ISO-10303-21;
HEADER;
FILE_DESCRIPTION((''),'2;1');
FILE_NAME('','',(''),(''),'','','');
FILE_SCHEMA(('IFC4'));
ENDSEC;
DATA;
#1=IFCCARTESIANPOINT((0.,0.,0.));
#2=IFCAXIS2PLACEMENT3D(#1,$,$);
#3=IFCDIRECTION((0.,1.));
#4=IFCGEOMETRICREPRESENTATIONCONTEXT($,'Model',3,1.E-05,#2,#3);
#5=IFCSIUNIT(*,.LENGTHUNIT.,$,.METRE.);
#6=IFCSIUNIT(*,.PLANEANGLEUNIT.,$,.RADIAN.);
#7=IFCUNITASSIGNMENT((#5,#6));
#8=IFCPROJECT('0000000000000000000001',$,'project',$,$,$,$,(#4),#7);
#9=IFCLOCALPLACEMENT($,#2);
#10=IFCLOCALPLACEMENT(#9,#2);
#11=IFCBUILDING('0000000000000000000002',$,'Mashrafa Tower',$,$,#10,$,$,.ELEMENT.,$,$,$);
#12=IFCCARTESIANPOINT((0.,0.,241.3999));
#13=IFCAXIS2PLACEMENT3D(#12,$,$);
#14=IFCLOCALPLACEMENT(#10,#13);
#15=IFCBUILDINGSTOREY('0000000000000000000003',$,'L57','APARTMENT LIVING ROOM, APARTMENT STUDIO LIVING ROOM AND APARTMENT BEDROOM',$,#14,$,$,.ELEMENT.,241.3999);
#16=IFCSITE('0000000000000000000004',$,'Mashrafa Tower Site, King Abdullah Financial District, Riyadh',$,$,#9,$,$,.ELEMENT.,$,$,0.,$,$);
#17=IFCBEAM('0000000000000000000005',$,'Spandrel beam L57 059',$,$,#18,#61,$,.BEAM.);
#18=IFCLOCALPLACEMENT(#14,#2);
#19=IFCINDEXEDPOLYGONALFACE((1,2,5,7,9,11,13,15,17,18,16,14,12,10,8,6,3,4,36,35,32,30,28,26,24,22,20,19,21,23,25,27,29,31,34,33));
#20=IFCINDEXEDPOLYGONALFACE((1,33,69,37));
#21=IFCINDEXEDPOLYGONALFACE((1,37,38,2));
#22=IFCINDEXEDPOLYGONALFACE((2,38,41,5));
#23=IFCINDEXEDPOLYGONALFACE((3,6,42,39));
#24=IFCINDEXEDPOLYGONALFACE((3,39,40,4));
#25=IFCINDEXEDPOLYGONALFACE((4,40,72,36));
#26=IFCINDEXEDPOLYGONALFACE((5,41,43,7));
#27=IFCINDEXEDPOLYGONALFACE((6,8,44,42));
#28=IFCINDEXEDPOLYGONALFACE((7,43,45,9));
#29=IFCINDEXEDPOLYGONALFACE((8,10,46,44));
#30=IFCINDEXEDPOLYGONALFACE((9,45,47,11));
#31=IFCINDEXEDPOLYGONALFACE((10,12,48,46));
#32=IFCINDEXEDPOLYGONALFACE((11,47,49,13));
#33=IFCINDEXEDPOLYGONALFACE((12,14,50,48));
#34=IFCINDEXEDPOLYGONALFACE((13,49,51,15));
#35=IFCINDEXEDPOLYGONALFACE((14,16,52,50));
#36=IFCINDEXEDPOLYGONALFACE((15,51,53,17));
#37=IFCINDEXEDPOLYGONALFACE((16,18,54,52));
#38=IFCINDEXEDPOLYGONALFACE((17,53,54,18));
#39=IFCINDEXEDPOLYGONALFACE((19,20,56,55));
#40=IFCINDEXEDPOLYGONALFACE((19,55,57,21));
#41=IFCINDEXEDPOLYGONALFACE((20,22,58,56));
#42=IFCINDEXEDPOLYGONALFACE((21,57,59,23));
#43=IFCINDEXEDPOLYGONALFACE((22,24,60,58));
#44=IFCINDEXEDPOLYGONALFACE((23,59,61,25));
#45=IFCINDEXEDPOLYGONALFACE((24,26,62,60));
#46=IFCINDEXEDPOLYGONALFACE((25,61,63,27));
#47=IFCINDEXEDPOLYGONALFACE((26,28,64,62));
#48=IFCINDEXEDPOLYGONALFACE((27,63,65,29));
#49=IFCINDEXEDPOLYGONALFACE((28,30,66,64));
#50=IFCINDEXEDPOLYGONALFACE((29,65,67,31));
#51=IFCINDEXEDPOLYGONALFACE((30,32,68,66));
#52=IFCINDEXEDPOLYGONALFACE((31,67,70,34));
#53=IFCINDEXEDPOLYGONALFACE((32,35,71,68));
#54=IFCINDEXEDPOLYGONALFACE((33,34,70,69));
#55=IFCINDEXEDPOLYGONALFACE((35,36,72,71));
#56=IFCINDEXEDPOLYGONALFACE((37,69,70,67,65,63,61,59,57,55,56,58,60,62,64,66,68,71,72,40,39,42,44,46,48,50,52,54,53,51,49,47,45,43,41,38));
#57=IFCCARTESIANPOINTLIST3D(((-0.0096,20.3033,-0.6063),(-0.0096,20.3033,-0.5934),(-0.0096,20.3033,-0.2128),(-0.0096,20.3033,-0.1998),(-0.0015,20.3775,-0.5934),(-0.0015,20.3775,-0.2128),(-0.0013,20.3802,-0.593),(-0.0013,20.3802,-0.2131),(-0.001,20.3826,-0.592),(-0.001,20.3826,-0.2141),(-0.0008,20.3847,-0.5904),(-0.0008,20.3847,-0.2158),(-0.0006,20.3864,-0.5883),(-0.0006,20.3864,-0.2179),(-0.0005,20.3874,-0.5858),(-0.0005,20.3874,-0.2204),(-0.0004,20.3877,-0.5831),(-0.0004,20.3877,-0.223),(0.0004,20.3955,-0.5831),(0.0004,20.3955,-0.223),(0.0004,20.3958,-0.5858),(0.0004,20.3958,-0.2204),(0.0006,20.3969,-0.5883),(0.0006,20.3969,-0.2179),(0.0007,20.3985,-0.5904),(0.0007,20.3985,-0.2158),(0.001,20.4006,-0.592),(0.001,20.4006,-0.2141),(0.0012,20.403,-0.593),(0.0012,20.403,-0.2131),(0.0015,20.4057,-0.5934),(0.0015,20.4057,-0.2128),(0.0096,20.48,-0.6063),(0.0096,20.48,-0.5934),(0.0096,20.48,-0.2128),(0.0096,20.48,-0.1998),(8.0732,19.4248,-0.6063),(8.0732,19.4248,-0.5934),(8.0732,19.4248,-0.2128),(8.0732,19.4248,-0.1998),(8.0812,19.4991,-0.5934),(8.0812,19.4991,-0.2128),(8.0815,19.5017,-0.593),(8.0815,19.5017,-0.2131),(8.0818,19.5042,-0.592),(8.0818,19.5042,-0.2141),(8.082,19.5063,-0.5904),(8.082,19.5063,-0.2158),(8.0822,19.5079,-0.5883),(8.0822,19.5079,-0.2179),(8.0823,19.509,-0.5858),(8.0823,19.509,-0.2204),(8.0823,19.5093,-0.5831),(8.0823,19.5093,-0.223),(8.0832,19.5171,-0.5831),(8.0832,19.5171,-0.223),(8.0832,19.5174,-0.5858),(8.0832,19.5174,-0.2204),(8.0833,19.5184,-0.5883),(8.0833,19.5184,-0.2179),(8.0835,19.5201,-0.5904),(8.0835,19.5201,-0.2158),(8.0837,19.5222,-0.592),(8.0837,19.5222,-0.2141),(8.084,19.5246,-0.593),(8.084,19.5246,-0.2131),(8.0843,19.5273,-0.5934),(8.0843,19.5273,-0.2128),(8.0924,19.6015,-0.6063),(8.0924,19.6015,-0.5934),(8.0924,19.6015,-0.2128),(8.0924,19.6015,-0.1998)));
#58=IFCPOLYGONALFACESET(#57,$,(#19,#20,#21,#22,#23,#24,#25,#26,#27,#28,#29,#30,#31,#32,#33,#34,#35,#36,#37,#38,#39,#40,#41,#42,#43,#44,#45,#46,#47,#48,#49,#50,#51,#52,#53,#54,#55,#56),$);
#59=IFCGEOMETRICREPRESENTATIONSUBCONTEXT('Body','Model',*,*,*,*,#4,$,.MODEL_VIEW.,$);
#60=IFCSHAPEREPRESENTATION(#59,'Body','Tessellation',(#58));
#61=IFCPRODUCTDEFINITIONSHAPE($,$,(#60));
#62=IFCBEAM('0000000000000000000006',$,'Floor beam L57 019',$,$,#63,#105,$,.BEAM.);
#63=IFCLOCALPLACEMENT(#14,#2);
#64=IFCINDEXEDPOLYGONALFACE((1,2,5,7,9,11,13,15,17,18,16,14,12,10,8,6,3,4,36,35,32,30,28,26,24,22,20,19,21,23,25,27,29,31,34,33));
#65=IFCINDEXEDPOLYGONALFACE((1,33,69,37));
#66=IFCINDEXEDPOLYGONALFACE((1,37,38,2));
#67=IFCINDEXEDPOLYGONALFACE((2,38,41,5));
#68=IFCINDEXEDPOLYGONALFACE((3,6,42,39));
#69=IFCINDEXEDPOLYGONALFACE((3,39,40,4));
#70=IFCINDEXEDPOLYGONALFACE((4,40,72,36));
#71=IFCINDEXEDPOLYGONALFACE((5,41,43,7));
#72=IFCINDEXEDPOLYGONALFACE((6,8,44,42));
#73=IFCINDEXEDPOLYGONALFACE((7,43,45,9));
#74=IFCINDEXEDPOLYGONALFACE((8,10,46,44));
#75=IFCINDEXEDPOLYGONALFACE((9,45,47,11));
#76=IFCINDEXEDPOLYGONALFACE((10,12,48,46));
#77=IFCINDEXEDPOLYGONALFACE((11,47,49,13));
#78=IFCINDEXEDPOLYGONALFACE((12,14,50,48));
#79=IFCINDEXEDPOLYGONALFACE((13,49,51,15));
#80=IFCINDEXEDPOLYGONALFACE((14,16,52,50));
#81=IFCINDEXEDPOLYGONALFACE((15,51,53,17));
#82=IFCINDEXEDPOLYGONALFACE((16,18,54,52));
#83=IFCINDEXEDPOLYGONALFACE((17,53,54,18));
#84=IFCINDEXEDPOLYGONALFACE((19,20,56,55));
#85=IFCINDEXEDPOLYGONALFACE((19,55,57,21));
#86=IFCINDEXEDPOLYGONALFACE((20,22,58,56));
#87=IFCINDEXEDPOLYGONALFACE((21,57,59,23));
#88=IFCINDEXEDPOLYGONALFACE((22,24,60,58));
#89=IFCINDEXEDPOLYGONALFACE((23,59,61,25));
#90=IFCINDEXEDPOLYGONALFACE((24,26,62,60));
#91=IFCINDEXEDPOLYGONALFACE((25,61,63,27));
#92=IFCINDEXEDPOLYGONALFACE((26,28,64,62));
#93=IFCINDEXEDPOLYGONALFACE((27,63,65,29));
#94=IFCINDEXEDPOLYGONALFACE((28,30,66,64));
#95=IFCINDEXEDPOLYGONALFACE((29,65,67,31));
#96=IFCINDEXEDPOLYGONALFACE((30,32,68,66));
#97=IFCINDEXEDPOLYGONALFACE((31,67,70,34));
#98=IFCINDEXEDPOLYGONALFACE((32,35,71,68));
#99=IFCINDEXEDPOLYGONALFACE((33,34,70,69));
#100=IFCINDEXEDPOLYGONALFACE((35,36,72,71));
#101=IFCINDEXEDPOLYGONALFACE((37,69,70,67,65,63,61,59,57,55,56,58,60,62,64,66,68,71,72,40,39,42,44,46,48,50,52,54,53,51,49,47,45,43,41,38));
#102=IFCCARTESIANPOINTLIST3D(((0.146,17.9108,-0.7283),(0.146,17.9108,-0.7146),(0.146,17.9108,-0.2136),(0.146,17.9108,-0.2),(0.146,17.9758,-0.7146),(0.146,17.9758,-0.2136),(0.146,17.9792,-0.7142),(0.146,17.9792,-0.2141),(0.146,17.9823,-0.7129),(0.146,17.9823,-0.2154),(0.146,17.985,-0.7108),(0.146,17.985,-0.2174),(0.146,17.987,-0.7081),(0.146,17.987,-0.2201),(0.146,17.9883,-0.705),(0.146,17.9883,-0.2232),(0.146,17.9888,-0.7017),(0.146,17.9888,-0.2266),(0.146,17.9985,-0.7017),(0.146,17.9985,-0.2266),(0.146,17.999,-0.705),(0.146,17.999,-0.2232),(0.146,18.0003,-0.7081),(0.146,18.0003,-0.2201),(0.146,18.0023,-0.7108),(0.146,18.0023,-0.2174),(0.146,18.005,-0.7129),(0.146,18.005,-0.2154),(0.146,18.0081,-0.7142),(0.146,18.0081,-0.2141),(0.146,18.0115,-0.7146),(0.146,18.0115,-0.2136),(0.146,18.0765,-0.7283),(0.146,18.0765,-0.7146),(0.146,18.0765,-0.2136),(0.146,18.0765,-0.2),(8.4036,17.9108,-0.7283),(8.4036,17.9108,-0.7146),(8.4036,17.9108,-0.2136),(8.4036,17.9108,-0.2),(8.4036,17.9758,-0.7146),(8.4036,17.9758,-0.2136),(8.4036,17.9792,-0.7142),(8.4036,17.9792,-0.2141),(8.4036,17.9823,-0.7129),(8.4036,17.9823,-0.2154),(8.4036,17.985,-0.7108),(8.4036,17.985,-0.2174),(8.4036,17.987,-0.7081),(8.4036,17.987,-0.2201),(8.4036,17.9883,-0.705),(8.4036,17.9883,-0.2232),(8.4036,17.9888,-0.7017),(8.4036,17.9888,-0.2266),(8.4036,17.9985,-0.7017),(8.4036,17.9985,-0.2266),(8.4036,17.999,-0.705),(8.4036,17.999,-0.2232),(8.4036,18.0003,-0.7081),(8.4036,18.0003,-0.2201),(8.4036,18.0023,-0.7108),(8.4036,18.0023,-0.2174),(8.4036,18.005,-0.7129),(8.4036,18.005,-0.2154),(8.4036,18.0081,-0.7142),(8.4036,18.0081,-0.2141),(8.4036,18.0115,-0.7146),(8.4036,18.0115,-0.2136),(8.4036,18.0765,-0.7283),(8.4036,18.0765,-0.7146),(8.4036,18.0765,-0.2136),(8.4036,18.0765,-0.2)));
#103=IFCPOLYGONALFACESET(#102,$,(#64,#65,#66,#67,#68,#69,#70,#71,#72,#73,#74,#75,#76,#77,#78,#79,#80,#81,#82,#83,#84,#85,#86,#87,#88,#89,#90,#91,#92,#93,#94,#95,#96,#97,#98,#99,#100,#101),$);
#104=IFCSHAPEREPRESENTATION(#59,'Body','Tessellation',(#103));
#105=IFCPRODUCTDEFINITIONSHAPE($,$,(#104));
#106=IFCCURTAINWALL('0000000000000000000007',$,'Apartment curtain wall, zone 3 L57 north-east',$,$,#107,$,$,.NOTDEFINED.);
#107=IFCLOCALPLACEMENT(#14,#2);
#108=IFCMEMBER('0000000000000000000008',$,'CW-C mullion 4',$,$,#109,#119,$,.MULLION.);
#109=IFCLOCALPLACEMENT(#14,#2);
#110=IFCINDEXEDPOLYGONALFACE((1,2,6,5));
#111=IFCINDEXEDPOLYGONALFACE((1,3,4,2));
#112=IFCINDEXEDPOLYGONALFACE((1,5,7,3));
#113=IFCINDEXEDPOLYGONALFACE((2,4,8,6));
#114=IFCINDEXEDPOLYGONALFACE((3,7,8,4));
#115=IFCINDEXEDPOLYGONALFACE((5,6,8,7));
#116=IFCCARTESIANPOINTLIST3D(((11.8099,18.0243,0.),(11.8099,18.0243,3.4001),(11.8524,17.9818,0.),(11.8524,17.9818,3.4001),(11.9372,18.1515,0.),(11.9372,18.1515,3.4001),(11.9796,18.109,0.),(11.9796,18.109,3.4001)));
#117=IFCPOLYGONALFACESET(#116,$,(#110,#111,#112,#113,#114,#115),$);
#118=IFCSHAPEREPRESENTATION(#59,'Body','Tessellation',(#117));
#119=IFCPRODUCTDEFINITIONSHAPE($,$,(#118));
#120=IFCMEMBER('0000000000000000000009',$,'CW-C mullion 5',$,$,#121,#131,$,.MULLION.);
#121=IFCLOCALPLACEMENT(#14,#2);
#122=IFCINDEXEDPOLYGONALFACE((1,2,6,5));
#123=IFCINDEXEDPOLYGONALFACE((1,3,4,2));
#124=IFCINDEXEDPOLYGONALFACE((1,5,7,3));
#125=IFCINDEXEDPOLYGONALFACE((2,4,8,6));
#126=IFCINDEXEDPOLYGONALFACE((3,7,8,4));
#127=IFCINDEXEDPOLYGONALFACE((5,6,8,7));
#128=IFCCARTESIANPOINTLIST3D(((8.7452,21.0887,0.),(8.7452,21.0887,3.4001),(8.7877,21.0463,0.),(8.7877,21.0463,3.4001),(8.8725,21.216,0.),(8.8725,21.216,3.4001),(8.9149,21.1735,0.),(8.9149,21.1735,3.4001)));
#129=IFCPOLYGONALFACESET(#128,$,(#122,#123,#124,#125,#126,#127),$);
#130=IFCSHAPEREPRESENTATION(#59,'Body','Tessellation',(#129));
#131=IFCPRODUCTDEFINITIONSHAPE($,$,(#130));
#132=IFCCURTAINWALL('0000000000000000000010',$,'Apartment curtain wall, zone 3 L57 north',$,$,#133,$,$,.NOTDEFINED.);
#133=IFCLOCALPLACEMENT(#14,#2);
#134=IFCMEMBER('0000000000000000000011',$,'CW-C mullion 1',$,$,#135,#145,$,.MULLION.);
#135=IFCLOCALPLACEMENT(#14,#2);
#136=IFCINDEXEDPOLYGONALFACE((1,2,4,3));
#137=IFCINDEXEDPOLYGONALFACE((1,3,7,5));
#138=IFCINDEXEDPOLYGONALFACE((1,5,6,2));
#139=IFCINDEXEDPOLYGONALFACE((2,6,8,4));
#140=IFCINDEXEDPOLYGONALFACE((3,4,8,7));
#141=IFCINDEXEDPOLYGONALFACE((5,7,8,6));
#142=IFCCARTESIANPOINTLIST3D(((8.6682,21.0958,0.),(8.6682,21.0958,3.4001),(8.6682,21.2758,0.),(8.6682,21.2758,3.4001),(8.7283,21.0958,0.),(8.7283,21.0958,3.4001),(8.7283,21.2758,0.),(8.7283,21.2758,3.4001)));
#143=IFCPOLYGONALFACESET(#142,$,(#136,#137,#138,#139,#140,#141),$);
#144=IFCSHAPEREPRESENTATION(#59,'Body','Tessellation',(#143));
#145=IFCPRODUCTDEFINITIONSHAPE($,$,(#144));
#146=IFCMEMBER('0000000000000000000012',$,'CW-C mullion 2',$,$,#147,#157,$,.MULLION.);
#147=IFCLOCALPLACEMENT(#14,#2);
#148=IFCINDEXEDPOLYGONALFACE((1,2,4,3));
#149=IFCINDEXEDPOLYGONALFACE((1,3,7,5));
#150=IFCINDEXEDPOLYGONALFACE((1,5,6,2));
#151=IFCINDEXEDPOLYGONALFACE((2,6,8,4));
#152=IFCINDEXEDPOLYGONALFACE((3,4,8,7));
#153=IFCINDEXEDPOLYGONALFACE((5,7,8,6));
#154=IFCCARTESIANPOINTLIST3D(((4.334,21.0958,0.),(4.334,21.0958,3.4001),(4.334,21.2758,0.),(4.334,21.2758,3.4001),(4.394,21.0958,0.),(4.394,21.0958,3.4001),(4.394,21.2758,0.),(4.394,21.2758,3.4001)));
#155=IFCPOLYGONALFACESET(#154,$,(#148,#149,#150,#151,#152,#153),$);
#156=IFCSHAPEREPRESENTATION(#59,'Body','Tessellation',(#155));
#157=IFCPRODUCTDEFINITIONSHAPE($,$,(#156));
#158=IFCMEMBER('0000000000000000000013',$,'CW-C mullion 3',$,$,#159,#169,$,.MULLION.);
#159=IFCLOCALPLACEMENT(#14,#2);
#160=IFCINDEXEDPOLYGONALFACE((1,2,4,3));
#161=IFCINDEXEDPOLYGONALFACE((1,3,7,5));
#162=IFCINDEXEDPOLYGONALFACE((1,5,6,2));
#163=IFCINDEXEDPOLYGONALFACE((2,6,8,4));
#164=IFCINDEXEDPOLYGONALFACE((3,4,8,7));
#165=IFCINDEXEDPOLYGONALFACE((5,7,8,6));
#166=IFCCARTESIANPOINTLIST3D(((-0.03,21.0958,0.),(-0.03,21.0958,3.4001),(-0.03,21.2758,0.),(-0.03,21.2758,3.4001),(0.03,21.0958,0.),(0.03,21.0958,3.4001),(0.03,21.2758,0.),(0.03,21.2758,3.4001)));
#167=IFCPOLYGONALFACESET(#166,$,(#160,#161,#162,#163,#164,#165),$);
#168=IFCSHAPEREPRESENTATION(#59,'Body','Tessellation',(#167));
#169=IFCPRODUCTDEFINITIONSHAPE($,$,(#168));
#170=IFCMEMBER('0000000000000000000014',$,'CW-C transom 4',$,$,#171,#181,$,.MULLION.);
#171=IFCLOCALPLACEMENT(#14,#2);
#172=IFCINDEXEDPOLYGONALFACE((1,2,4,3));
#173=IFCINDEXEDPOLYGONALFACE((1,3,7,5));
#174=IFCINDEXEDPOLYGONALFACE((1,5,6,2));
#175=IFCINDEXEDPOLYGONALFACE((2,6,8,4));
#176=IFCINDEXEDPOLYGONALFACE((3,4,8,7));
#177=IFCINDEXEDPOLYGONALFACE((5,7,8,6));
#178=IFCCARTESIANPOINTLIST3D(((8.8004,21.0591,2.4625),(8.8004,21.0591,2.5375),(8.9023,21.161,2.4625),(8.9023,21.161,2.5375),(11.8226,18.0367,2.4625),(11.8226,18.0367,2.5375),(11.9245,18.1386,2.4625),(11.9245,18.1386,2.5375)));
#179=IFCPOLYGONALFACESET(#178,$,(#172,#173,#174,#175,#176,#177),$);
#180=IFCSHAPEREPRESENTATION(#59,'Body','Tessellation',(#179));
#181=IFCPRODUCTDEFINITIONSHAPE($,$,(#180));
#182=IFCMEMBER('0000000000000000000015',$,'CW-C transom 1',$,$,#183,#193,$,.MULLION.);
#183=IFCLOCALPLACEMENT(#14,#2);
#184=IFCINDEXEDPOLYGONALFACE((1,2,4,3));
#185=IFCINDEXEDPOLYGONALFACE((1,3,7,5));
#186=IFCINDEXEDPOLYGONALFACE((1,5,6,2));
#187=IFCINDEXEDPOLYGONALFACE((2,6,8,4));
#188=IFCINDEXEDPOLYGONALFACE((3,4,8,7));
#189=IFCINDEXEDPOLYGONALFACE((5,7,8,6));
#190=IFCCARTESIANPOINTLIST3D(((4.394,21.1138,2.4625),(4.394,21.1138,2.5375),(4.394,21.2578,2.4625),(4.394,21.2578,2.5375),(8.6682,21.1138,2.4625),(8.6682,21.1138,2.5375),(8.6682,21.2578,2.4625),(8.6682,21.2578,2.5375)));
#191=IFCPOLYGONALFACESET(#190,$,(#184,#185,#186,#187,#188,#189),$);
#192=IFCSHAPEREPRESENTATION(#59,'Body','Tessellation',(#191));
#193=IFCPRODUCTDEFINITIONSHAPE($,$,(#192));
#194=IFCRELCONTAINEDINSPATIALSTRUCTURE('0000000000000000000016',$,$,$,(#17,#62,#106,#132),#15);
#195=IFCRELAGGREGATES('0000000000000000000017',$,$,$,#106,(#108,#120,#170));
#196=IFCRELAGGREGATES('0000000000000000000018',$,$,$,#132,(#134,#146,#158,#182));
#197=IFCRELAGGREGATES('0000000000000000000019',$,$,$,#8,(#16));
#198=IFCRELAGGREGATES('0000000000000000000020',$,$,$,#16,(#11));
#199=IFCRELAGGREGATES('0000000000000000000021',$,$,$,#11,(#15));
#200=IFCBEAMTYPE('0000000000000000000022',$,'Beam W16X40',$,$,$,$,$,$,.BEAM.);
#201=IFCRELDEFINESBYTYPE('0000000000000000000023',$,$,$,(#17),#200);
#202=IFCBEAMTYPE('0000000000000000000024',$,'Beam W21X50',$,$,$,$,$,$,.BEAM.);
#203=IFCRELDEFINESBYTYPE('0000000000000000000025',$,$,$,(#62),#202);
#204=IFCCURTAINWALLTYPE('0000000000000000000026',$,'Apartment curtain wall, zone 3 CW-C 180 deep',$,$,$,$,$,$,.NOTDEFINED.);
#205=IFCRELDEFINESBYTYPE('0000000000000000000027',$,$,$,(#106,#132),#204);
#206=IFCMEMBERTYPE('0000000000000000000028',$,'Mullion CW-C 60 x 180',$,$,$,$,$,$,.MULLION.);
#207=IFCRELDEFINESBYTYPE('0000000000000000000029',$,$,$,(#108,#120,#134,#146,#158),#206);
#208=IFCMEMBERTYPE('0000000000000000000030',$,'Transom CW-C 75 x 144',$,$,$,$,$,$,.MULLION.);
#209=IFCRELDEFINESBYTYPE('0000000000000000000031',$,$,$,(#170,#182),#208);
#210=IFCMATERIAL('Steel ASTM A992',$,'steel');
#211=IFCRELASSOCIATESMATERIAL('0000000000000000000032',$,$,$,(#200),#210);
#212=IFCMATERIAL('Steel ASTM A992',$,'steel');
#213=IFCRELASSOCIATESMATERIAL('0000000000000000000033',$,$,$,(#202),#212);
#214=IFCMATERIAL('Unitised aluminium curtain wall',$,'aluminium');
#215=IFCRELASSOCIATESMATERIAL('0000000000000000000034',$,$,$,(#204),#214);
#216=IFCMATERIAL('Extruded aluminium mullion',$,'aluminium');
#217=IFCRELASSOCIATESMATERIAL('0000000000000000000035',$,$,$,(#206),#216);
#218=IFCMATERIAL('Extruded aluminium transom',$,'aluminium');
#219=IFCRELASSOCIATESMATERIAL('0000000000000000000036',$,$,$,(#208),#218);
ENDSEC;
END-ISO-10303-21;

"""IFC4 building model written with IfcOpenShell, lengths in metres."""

from ifc_helpers import new_model, si_unit, direction, frame, origin, origin_2d, place, context, subcontext, project, spatial, rectangle, i_section, extrude, source, transform, mapped, material, material_profile, profile_set, type_object, type_shapes, element, aggregate, save


model = new_model("IFC4")

# Units and contexts
model_context = context("Model", 3, precision=1e-05, world=origin(), true_north=direction((0.0, 1.0)))
body_context = subcontext(model_context, "Body", "Model", "MODEL_VIEW")
ifc_project = project(units=[si_unit("LENGTHUNIT", "METRE"), si_unit("PLANEANGLEUNIT", "RADIAN")], contexts=[model_context])

# Site, building, storey
site_placement = place(None, origin())
site = spatial("IfcSite", under=ifc_project, at=site_placement, Name="Mashrafa Tower Site, King Abdullah Financial District, Riyadh", CompositionType="ELEMENT", RefElevation=0.0)
building_placement = place(site_placement, origin())
building = spatial("IfcBuilding", under=site, at=building_placement, Name="Mashrafa Tower", CompositionType="ELEMENT")
storey_placement = place(building_placement, frame((0.0, 0.0, 241.3999)))
storey = spatial("IfcBuildingStorey", under=building, at=storey_placement, Name="L57", Description="APARTMENT LIVING ROOM, APARTMENT STUDIO LIVING ROOM AND APARTMENT BEDROOM", CompositionType="ELEMENT", Elevation=241.3999)

# Beams
ifc_material_1 = material(Name="Steel ASTM A992", Category="steel")
ifc_material_profile_1 = material_profile(ifc_material_1, i_section(OverallWidth=0.1777, OverallDepth=0.4065, WebThickness=0.0078, FlangeThickness=0.0129, FilletRadius=0.0103, at=origin_2d()), Name="W16X40")
ifc_profile_set_1 = profile_set([ifc_material_profile_1], Name="Steel ASTM A992")
beam_type_1 = type_object("IfcBeamType", Name="Beam W16X40", PredefinedType="BEAM", material=ifc_profile_set_1)
for number, where, z_axis, x_axis, name in (
    (1, (8.0828, 19.5132, -0.4031), (-0.994146, 0.108042, 0.0), (-0.108042, -0.994146, 0.0), "Spandrel beam L57 059"),
):
    element("IfcBeam", number, at=place(storey_placement, frame(where, z_axis=z_axis, x_axis=x_axis)), inside=storey, type_object=beam_type_1, Name=name, PredefinedType="BEAM", context=body_context, shape_type="SweptSolid", body=[
        extrude(i_section(OverallWidth=0.1777, OverallDepth=0.4065, WebThickness=0.0078, FlangeThickness=0.0129, FilletRadius=0.0103, at=origin_2d()), origin(), (0.0, 0.0, 1.0), 8.1304),
    ])
ifc_material_2 = material(Name="Steel ASTM A992", Category="steel")
ifc_material_profile_2 = material_profile(ifc_material_2, i_section(OverallWidth=0.1658, OverallDepth=0.5283, WebThickness=0.0098, FlangeThickness=0.0137, FilletRadius=0.0129, at=origin_2d()), Name="W21X50")
ifc_profile_set_2 = profile_set([ifc_material_profile_2], Name="Steel ASTM A992")
beam_type_2 = type_object("IfcBeamType", Name="Beam W21X50", PredefinedType="BEAM", material=ifc_profile_set_2)
beam_1_placement = place(storey_placement, frame((0.146, 17.9937, -0.4641), z_axis=(1.0, 0.0, 0.0), x_axis=(0.0, 1.0, 0.0)))
element("IfcBeam", 2, at=beam_1_placement, inside=storey, type_object=beam_type_2, Name="Floor beam L57 019", PredefinedType="BEAM", context=body_context, shape_type="SweptSolid", body=[
    extrude(i_section(OverallWidth=0.1658, OverallDepth=0.5283, WebThickness=0.0098, FlangeThickness=0.0137, FilletRadius=0.0129, at=origin_2d()), origin(), (0.0, 0.0, 1.0), 8.2576),
])

# Curtain walls, members
ifc_material_3 = material(Name="Unitised aluminium curtain wall", Category="aluminium")
curtain_wall_type = type_object("IfcCurtainWallType", Name="Apartment curtain wall, zone 3 CW-C 180 deep", PredefinedType="NOTDEFINED", material=ifc_material_3)
curtain_wall_1_placement = place(storey_placement, origin())
curtain_wall_1 = element("IfcCurtainWall", 3, at=curtain_wall_1_placement, inside=storey, type_object=curtain_wall_type, Name="Apartment curtain wall, zone 3 L57 north-east", PredefinedType="NOTDEFINED")
ifc_material_4 = material(Name="Extruded aluminium mullion", Category="aluminium")
ifc_material_profile_3 = material_profile(ifc_material_4, rectangle(XDim=0.1799, YDim=0.0601, at=origin_2d()), Name="Mullion 60x180")
ifc_profile_set_3 = profile_set([ifc_material_profile_3], Name="Extruded aluminium mullion")
member_type_1 = type_object("IfcMemberType", Name="Mullion CW-C 60 x 180", PredefinedType="MULLION", material=ifc_profile_set_3)
shared_shape_1 = source(origin(), body_context, "Body", "SweptSolid", [
    extrude(rectangle(XDim=0.1799, YDim=0.0601, at=origin_2d()), origin(), (0.0, 0.0, 1.0), 3.4001),
])
type_shapes(member_type_1, [shared_shape_1])
member_1_placement = place(storey_placement, frame((11.8948, 18.0667, 0.0), z_axis=(0.0, 0.0, 1.0), x_axis=(-0.707107, -0.707107, 0.0)))
member_1 = element("IfcMember", 4, at=member_1_placement, type_object=member_type_1, Name="CW-C mullion 4", PredefinedType="MULLION", context=body_context, shape_type="MappedRepresentation", body=[
    mapped(shared_shape_1, transform((0.0, 0.0, 0.0))),
])
member_2_placement = place(storey_placement, frame((8.8301, 21.1311, 0.0), z_axis=(0.0, 0.0, 1.0), x_axis=(-0.707107, -0.707107, 0.0)))
member_2 = element("IfcMember", 5, at=member_2_placement, type_object=member_type_1, Name="CW-C mullion 5", PredefinedType="MULLION", context=body_context, shape_type="MappedRepresentation", body=[
    mapped(shared_shape_1, transform((0.0, 0.0, 0.0))),
])
curtain_wall_2_placement = place(storey_placement, origin())
curtain_wall_2 = element("IfcCurtainWall", 6, at=curtain_wall_2_placement, inside=storey, type_object=curtain_wall_type, Name="Apartment curtain wall, zone 3 L57 north", PredefinedType="NOTDEFINED")
member_3_placement = place(storey_placement, frame((8.6982, 21.1858, 0.0), z_axis=(0.0, 0.0, 1.0), x_axis=(0.0, -1.0, 0.0)))
member_3 = element("IfcMember", 7, at=member_3_placement, type_object=member_type_1, Name="CW-C mullion 1", PredefinedType="MULLION", context=body_context, shape_type="MappedRepresentation", body=[
    mapped(shared_shape_1, transform((0.0, 0.0, 0.0))),
])
member_4_placement = place(storey_placement, frame((4.364, 21.1858, 0.0), z_axis=(0.0, 0.0, 1.0), x_axis=(0.0, -1.0, 0.0)))
member_4 = element("IfcMember", 8, at=member_4_placement, type_object=member_type_1, Name="CW-C mullion 2", PredefinedType="MULLION", context=body_context, shape_type="MappedRepresentation", body=[
    mapped(shared_shape_1, transform((0.0, 0.0, 0.0))),
])
member_5_placement = place(storey_placement, frame((0.0, 21.1858, 0.0), z_axis=(0.0, 0.0, 1.0), x_axis=(0.0, -1.0, 0.0)))
member_5 = element("IfcMember", 9, at=member_5_placement, type_object=member_type_1, Name="CW-C mullion 3", PredefinedType="MULLION", context=body_context, shape_type="MappedRepresentation", body=[
    mapped(shared_shape_1, transform((0.0, 0.0, 0.0))),
])

# Members
ifc_material_5 = material(Name="Extruded aluminium transom", Category="aluminium")
ifc_material_profile_4 = material_profile(ifc_material_5, rectangle(XDim=0.144, YDim=0.075, at=origin_2d()), Name="Transom 75x144")
ifc_profile_set_4 = profile_set([ifc_material_profile_4], Name="Extruded aluminium transom")
member_type_2 = type_object("IfcMemberType", Name="Transom CW-C 75 x 144", PredefinedType="MULLION", material=ifc_profile_set_4)
shared_shape_2 = source(origin(), body_context, "Body", "SweptSolid", [
    extrude(rectangle(XDim=0.144, YDim=0.075, at=origin_2d()), origin(), (0.0, 0.0, 1.0), 4.2742),
])
member_6_placement = place(storey_placement, frame((11.8735, 18.0876, 2.5), z_axis=(-0.707078, 0.707135, 0.0), x_axis=(-0.707135, -0.707078, 0.0)))
member_6 = element("IfcMember", 10, at=member_6_placement, type_object=member_type_2, Name="CW-C transom 4", PredefinedType="MULLION", context=body_context, shape_type="MappedRepresentation", body=[
    mapped(shared_shape_2, transform((0.0, 0.0, 0.0))),
])
member_7_placement = place(storey_placement, frame((8.6682, 21.1858, 2.5), z_axis=(-1.0, 0.0, 0.0), x_axis=(0.0, -1.0, 0.0)))
member_7 = element("IfcMember", 11, at=member_7_placement, type_object=member_type_2, Name="CW-C transom 1", PredefinedType="MULLION", context=body_context, shape_type="MappedRepresentation", body=[
    mapped(shared_shape_2, transform((0.0, 0.0, 0.0))),
])

aggregate(curtain_wall_1, [member_1, member_2, member_6])
aggregate(curtain_wall_2, [member_3, member_4, member_5, member_7])

save(model, "model.ifc")
